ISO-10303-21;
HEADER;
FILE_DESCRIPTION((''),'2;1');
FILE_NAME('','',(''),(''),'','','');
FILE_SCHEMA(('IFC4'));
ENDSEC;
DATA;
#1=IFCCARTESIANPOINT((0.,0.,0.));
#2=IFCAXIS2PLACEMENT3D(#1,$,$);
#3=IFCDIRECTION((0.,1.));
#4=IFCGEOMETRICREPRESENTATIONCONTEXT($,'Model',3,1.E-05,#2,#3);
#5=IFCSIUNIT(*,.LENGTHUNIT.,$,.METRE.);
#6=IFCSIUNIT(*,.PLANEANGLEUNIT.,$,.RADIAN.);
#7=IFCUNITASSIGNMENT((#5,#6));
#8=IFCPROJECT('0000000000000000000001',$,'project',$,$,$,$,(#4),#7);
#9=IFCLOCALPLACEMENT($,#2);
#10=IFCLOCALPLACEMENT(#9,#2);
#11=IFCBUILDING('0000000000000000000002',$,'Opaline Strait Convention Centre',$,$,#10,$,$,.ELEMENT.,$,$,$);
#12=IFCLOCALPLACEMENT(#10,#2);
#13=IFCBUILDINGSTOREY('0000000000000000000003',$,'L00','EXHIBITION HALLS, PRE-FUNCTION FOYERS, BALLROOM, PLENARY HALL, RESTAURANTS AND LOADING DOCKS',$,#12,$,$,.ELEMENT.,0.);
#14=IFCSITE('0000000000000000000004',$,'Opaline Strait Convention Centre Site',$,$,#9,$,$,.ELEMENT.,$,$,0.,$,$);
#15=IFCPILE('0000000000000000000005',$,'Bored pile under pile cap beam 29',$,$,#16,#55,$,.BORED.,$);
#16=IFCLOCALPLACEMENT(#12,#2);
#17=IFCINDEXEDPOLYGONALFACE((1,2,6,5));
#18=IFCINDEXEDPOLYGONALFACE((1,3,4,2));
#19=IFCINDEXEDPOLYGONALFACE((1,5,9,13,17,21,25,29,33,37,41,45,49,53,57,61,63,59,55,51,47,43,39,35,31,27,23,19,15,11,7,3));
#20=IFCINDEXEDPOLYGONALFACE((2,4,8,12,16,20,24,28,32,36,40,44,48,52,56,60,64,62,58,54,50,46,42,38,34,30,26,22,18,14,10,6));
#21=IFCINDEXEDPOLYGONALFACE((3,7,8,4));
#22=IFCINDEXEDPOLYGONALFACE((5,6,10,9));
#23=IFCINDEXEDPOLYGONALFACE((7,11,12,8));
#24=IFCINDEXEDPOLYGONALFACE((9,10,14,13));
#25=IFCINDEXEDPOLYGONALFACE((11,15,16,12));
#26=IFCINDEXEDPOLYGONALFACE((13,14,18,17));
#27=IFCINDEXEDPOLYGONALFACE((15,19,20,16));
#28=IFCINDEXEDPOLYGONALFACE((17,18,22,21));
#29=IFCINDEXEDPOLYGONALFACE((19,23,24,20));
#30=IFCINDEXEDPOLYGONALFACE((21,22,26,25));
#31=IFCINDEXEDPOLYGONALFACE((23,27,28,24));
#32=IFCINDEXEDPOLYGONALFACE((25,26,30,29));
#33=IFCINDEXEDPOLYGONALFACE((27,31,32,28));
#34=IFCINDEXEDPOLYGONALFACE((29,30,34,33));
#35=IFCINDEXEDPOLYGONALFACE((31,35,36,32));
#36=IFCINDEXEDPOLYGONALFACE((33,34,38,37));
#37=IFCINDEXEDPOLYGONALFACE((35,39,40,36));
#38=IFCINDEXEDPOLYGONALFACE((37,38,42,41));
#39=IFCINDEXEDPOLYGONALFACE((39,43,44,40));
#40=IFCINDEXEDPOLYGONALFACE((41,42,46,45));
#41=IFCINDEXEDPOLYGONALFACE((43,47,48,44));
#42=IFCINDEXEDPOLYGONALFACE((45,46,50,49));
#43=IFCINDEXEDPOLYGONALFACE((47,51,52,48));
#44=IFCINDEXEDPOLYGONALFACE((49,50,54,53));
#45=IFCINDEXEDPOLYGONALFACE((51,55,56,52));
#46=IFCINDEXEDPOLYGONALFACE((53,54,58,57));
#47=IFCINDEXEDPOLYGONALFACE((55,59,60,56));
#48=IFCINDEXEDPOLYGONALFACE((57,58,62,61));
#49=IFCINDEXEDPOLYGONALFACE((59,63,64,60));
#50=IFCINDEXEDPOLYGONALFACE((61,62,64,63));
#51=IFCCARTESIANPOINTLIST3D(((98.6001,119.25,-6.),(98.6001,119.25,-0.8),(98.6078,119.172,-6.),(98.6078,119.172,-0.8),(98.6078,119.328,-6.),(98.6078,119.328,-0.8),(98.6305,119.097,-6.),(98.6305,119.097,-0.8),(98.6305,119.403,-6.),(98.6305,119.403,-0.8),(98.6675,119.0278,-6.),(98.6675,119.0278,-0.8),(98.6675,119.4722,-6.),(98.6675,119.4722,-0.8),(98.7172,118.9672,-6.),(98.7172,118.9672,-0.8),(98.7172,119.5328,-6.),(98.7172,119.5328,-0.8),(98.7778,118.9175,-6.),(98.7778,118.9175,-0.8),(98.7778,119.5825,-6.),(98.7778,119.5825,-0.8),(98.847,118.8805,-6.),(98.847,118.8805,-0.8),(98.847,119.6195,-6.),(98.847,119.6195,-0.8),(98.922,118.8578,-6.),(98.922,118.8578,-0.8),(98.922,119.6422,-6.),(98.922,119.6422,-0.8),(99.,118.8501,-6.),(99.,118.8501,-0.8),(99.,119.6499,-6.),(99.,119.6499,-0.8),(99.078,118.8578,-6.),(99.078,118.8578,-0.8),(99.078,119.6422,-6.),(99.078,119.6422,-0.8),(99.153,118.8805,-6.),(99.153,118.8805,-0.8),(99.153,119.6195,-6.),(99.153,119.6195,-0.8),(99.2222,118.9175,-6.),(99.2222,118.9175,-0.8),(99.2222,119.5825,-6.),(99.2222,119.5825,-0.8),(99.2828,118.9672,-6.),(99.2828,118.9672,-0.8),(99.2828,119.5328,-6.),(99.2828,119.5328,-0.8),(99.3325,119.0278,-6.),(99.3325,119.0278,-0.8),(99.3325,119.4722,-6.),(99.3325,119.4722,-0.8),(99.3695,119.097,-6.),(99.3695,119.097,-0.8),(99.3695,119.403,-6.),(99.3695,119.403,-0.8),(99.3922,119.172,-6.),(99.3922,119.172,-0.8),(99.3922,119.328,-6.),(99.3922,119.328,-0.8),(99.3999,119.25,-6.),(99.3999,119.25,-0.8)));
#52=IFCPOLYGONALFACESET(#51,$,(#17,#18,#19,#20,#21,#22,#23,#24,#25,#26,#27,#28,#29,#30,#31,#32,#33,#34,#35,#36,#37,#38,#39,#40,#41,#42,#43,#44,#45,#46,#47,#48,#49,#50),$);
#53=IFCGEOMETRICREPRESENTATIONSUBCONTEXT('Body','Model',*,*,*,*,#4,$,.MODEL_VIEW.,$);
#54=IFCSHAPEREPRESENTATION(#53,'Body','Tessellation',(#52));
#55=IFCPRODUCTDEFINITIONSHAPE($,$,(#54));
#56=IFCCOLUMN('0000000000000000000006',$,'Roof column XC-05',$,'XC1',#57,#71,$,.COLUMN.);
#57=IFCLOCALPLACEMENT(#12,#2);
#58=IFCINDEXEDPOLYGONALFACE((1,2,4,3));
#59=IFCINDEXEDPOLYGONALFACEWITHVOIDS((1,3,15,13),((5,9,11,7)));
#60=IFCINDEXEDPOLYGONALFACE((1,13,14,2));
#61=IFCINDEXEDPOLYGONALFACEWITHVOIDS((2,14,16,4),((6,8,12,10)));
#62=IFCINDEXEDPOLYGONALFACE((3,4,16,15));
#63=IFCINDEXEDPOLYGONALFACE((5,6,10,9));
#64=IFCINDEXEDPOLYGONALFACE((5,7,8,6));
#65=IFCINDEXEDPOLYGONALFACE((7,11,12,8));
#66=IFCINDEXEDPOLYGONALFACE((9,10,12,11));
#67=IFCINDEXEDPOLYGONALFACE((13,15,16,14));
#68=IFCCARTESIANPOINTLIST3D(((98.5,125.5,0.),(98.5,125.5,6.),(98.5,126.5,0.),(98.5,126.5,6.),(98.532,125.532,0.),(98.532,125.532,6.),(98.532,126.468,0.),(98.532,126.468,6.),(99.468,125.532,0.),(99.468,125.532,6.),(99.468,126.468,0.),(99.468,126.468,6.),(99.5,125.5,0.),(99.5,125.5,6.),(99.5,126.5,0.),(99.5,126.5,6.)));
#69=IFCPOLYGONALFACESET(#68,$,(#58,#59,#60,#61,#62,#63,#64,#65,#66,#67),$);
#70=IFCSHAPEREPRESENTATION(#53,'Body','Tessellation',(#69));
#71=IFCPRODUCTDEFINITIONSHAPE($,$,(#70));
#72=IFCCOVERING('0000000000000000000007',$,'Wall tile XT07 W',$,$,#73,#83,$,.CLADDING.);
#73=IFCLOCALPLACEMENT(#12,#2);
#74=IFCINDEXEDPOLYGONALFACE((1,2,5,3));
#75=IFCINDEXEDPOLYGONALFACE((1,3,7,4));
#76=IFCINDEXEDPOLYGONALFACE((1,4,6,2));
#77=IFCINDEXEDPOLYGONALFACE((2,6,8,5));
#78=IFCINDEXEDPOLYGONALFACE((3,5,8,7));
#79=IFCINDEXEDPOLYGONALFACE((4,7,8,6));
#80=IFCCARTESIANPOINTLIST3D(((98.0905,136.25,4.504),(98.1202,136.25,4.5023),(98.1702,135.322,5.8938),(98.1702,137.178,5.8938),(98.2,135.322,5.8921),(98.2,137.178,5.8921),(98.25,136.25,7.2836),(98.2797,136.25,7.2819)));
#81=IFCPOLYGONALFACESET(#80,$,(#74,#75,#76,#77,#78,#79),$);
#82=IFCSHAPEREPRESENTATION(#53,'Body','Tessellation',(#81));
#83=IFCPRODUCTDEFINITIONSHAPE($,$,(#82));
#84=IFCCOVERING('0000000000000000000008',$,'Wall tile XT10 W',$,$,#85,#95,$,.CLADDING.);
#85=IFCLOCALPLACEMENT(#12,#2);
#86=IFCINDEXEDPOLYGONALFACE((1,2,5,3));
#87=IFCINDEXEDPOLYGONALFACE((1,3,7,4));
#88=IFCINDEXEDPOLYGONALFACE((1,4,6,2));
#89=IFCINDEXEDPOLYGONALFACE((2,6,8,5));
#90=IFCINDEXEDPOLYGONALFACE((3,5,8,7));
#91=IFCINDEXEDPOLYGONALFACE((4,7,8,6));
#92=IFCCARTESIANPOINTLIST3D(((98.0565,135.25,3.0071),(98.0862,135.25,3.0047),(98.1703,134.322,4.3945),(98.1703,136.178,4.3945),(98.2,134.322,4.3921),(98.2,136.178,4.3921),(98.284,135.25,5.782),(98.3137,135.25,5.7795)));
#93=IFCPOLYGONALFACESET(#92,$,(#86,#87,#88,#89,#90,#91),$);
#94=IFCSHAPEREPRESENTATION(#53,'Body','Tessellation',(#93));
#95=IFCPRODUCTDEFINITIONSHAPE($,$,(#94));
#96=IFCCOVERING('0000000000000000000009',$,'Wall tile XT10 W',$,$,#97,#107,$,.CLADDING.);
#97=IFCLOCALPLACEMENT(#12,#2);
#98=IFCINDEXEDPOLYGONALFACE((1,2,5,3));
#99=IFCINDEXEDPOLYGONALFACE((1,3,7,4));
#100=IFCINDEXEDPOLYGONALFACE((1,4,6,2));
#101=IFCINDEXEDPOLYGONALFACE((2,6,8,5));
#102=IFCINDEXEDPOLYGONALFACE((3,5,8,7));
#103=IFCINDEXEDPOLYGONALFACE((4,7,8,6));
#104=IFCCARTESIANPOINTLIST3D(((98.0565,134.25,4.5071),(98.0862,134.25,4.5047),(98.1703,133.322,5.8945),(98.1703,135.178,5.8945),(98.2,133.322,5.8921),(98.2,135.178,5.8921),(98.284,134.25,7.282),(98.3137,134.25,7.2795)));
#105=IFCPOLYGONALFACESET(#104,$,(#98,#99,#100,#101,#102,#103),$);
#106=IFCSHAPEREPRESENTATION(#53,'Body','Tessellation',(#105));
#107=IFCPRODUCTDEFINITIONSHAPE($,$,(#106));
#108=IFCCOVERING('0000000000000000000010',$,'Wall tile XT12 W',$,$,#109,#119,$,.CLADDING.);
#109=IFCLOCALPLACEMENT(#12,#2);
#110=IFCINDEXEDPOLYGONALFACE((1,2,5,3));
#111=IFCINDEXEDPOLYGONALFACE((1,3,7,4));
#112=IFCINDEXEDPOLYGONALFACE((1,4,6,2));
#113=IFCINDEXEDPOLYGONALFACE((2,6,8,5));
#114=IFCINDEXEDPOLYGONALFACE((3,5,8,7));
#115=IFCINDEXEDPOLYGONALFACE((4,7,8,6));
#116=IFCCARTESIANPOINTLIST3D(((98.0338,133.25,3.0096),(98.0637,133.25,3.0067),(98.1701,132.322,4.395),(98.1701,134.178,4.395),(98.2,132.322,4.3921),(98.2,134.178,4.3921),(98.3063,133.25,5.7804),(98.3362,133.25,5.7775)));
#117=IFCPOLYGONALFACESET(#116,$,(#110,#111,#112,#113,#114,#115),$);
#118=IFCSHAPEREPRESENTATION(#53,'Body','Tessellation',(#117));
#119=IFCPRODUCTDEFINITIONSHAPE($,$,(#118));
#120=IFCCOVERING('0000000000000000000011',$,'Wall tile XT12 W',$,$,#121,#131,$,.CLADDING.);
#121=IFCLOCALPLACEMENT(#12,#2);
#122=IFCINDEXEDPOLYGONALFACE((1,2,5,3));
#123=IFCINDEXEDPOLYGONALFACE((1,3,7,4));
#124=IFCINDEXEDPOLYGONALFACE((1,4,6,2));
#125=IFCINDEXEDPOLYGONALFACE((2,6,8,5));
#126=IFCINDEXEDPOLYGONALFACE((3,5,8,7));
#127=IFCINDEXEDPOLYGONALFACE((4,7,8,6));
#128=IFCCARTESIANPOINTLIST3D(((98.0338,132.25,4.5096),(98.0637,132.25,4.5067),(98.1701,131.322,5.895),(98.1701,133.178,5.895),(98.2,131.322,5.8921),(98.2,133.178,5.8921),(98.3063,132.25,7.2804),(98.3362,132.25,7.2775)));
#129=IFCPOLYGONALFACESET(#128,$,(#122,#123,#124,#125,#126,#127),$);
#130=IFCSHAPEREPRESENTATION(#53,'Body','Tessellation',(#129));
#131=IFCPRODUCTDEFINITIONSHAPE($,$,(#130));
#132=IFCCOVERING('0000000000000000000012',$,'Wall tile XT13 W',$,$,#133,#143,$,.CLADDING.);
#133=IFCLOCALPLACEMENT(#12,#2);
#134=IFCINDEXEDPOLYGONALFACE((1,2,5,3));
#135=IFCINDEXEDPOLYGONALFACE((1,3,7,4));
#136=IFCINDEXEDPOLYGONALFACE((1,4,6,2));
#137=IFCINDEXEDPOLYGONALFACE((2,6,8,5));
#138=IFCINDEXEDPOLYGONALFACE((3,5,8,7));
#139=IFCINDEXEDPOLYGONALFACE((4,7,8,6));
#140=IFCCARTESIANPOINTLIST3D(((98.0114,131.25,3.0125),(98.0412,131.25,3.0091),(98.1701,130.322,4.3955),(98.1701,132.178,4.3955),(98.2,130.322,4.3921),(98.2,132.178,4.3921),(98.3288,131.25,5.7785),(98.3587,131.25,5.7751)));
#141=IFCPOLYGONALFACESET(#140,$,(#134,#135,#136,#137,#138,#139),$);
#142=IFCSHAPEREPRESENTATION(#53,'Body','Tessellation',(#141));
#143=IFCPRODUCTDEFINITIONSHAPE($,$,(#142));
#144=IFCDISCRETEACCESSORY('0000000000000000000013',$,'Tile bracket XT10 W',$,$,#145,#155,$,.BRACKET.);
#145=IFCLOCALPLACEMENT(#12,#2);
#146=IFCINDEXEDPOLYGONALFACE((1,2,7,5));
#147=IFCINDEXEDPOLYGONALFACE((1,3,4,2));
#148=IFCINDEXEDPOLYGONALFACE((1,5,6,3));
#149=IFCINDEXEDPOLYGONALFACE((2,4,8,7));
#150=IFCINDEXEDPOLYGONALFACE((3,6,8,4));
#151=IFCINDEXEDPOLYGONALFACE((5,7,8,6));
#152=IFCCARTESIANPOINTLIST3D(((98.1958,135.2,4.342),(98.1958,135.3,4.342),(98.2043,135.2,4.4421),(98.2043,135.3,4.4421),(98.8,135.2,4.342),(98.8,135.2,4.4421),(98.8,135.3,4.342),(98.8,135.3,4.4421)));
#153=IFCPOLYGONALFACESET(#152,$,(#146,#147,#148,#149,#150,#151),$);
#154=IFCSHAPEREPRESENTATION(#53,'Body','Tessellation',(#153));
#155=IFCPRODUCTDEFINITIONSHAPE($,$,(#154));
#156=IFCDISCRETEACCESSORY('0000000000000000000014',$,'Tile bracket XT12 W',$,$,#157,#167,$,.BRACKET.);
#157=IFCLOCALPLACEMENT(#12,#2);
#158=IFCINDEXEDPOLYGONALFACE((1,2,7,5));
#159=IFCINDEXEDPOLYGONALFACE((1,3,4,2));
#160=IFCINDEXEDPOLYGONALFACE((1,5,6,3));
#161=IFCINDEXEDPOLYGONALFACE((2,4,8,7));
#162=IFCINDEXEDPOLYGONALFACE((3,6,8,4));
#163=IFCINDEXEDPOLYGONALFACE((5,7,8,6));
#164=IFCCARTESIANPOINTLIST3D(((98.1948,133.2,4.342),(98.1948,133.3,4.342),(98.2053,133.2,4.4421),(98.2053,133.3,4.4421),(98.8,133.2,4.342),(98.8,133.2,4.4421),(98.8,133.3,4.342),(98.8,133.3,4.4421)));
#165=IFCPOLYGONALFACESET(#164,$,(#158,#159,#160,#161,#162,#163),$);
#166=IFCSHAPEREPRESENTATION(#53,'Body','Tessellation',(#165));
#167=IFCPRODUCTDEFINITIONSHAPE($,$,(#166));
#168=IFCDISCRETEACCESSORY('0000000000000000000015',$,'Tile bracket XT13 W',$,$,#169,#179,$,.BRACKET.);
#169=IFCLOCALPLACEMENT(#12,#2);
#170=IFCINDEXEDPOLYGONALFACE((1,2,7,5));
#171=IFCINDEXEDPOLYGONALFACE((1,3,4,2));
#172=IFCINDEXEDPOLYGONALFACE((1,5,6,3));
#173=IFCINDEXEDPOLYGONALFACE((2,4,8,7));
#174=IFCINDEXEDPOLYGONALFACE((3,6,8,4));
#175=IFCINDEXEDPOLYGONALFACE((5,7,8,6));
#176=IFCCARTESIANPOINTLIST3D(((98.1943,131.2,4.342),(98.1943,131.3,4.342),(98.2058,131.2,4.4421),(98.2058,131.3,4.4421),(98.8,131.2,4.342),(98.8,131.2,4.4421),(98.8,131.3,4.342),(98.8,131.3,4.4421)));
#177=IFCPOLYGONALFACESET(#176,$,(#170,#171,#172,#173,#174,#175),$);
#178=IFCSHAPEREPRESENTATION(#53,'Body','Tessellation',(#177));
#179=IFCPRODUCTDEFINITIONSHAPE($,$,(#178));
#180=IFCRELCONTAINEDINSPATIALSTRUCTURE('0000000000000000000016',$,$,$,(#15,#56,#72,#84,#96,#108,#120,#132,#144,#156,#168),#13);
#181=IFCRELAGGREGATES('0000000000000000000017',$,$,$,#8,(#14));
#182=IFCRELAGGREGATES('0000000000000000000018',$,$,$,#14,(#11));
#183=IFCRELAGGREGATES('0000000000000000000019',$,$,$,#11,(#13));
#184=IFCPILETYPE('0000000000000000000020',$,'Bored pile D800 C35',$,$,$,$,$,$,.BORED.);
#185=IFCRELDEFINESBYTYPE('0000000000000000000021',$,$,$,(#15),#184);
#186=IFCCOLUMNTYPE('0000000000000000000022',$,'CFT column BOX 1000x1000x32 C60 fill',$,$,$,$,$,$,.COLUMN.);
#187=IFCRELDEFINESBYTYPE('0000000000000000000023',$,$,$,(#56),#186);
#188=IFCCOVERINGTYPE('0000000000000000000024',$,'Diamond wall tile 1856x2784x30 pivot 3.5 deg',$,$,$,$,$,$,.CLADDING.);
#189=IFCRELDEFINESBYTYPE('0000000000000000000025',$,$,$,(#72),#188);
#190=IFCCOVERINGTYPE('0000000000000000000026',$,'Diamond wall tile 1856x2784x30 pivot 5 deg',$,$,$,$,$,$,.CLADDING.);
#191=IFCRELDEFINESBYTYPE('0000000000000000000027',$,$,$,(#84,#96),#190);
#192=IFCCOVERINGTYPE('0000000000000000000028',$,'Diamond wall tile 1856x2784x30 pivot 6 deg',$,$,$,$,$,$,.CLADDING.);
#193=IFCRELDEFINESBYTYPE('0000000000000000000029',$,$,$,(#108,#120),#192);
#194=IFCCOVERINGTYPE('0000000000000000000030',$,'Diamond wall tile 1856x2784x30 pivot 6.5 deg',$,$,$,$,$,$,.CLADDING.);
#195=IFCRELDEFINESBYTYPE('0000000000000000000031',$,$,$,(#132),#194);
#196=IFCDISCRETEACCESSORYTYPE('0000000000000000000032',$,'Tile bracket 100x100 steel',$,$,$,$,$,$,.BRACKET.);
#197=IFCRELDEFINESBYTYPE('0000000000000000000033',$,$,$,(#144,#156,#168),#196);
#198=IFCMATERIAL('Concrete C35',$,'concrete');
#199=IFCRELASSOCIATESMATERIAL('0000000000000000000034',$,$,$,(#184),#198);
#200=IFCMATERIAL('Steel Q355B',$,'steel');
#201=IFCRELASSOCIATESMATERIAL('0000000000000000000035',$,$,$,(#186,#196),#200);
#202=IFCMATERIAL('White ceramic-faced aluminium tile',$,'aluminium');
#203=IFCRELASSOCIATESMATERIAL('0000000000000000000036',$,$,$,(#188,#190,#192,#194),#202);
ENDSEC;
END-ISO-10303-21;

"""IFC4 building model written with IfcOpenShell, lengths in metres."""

from ifc_helpers import new_model, si_unit, direction, frame, origin, origin_2d, place, context, subcontext, project, spatial, polyline, hollow_rectangle, circle, outline, extrude, material, material_profile, profile_set, type_object, element, save


model = new_model("IFC4")

# Units and contexts
model_context = context("Model", 3, precision=1e-05, world=origin(), true_north=direction((0.0, 1.0)))
body_context = subcontext(model_context, "Body", "Model", "MODEL_VIEW")
ifc_project = project(units=[si_unit("LENGTHUNIT", "METRE"), si_unit("PLANEANGLEUNIT", "RADIAN")], contexts=[model_context])

# Site, building, storey
site_placement = place(None, origin())
site = spatial("IfcSite", under=ifc_project, at=site_placement, Name="Opaline Strait Convention Centre Site", CompositionType="ELEMENT", RefElevation=0.0)
building_placement = place(site_placement, origin())
building = spatial("IfcBuilding", under=site, at=building_placement, Name="Opaline Strait Convention Centre", CompositionType="ELEMENT")
storey_placement = place(building_placement, origin())
storey = spatial("IfcBuildingStorey", under=building, at=storey_placement, Name="L00", Description="EXHIBITION HALLS, PRE-FUNCTION FOYERS, BALLROOM, PLENARY HALL, RESTAURANTS AND LOADING DOCKS", CompositionType="ELEMENT", Elevation=0.0)

# Pile
ifc_material_1 = material(Name="Concrete C35", Category="concrete")
ifc_material_profile_1 = material_profile(ifc_material_1, circle(Radius=0.3999, at=origin_2d()), Name="D800")
ifc_profile_set_1 = profile_set([ifc_material_profile_1], Name="Concrete C35")
pile_type = type_object("IfcPileType", Name="Bored pile D800 C35", PredefinedType="BORED", material=ifc_profile_set_1)
pile_placement = place(storey_placement, frame((99.0, 119.25, -0.8), z_axis=(0.0, 0.0, -1.0), x_axis=(1.0, 0.0, 0.0)))
element("IfcPile", 1, at=pile_placement, inside=storey, type_object=pile_type, Name="Bored pile under pile cap beam 29", PredefinedType="BORED", context=body_context, shape_type="SweptSolid", body=[
    extrude(circle(Radius=0.3999, at=origin_2d()), origin(), (0.0, 0.0, 1.0), 5.2),
])

# Column
ifc_material_2 = material(Name="Steel Q355B", Category="steel")
ifc_material_profile_2 = material_profile(ifc_material_2, hollow_rectangle(XDim=1.0, YDim=1.0, WallThickness=0.032, at=origin_2d()), Name="BOX 1000x1000x32")
ifc_profile_set_2 = profile_set([ifc_material_profile_2], Name="Steel Q355B")
column_type = type_object("IfcColumnType", Name="CFT column BOX 1000x1000x32 C60 fill", PredefinedType="COLUMN", material=ifc_profile_set_2)
column_placement = place(storey_placement, frame((99.0, 126.0, 0.0), z_axis=(0.0, 0.0, 1.0), x_axis=(1.0, 0.0, 0.0)))
element("IfcColumn", 2, at=column_placement, inside=storey, type_object=column_type, Name="Roof column XC-05", ObjectType="XC1", PredefinedType="COLUMN", context=body_context, shape_type="SweptSolid", body=[
    extrude(hollow_rectangle(XDim=1.0, YDim=1.0, WallThickness=0.032, at=origin_2d()), origin(), (0.0, 0.0, 1.0), 6.0),
])

# Coverings
ifc_material_3 = material(Name="White ceramic-faced aluminium tile", Category="aluminium")
ifc_material_profile_3 = material_profile(ifc_material_3, outline(polyline([(0.928, 0.0), (0.0, 1.3921), (-0.928, 0.0), (0.0, -1.3921), (0.928, 0.0)])), Name="Diamond tile 1856x2784")
ifc_profile_set_3 = profile_set([ifc_material_profile_3], Name="White ceramic-faced aluminium tile")
covering_type_1 = type_object("IfcCoveringType", Name="Diamond wall tile 1856x2784x30 pivot 3.5 deg", PredefinedType="CLADDING", material=ifc_profile_set_3)
covering_1_placement = place(storey_placement, frame((98.2, 136.25, 5.8921), z_axis=(-0.998358, 0.0, 0.057283), x_axis=(0.0, -1.0, 0.0)))
element("IfcCovering", 3, at=covering_1_placement, inside=storey, type_object=covering_type_1, Name="Wall tile XT07 W", PredefinedType="CLADDING", context=body_context, shape_type="SweptSolid", body=[
    extrude(outline(polyline([(0.928, 0.0), (0.0, 1.3921), (-0.928, 0.0), (0.0, -1.3921), (0.928, 0.0)])), origin(), (0.0, 0.0, 1.0), 0.0298),
])
ifc_material_profile_4 = material_profile(ifc_material_3, outline(polyline([(0.928, 0.0), (0.0, 1.3921), (-0.928, 0.0), (0.0, -1.3921), (0.928, 0.0)])), Name="Diamond tile 1856x2784")
ifc_profile_set_4 = profile_set([ifc_material_profile_4], Name="White ceramic-faced aluminium tile")
covering_type_2 = type_object("IfcCoveringType", Name="Diamond wall tile 1856x2784x30 pivot 5 deg", PredefinedType="CLADDING", material=ifc_profile_set_4)
for number, where, z_axis, x_axis, name in (
    (4, (98.2, 135.25, 4.3921), (-0.996658, 0.0, 0.081693), (0.0, -1.0, 0.0), "Wall tile XT10 W"),
    (5, (98.2, 134.25, 5.8921), (-0.996658, 0.0, 0.081693), (0.0, -1.0, 0.0), "Wall tile XT10 W"),
):
    element("IfcCovering", number, at=place(storey_placement, frame(where, z_axis=z_axis, x_axis=x_axis)), inside=storey, type_object=covering_type_2, Name=name, PredefinedType="CLADDING", context=body_context, shape_type="SweptSolid", body=[
        extrude(outline(polyline([(0.928, 0.0), (0.0, 1.3921), (-0.928, 0.0), (0.0, -1.3921), (0.928, 0.0)])), origin(), (0.0, 0.0, 1.0), 0.0298),
    ])
ifc_material_profile_5 = material_profile(ifc_material_3, outline(polyline([(0.928, 0.0), (0.0, 1.3921), (-0.928, 0.0), (0.0, -1.3921), (0.928, 0.0)])), Name="Diamond tile 1856x2784")
ifc_profile_set_5 = profile_set([ifc_material_profile_5], Name="White ceramic-faced aluminium tile")
covering_type_3 = type_object("IfcCoveringType", Name="Diamond wall tile 1856x2784x30 pivot 6 deg", PredefinedType="CLADDING", material=ifc_profile_set_5)
for number, where, z_axis, x_axis, name in (
    (6, (98.2, 133.25, 4.3921), (-0.995197, 0.0, 0.097888), (0.0, -1.0, 0.0), "Wall tile XT12 W"),
    (7, (98.2, 132.25, 5.8921), (-0.995197, 0.0, 0.097888), (0.0, -1.0, 0.0), "Wall tile XT12 W"),
):
    element("IfcCovering", number, at=place(storey_placement, frame(where, z_axis=z_axis, x_axis=x_axis)), inside=storey, type_object=covering_type_3, Name=name, PredefinedType="CLADDING", context=body_context, shape_type="SweptSolid", body=[
        extrude(outline(polyline([(0.928, 0.0), (0.0, 1.3921), (-0.928, 0.0), (0.0, -1.3921), (0.928, 0.0)])), origin(), (0.0, 0.0, 1.0), 0.03),
    ])
ifc_material_profile_6 = material_profile(ifc_material_3, outline(polyline([(0.928, 0.0), (0.0, 1.3921), (-0.928, 0.0), (0.0, -1.3921), (0.928, 0.0)])), Name="Diamond tile 1856x2784")
ifc_profile_set_6 = profile_set([ifc_material_profile_6], Name="White ceramic-faced aluminium tile")
covering_type_4 = type_object("IfcCoveringType", Name="Diamond wall tile 1856x2784x30 pivot 6.5 deg", PredefinedType="CLADDING", material=ifc_profile_set_6)
covering_2_placement = place(storey_placement, frame((98.2, 131.25, 4.3921), z_axis=(-0.99348, 0.0, 0.114006), x_axis=(0.0, -1.0, 0.0)))
element("IfcCovering", 8, at=covering_2_placement, inside=storey, type_object=covering_type_4, Name="Wall tile XT13 W", PredefinedType="CLADDING", context=body_context, shape_type="SweptSolid", body=[
    extrude(outline(polyline([(0.928, 0.0), (0.0, 1.3921), (-0.928, 0.0), (0.0, -1.3921), (0.928, 0.0)])), origin(), (0.0, 0.0, 1.0), 0.03),
])

# Discrete accessories
discrete_accessory_type = type_object("IfcDiscreteAccessoryType", Name="Tile bracket 100x100 steel", PredefinedType="BRACKET", material=ifc_material_2)
discrete_accessory_1_placement = place(storey_placement, frame((98.8, 135.3, 4.3921), z_axis=(0.0, -1.0, 0.0), x_axis=(1.0, 0.0, 0.0)))
element("IfcDiscreteAccessory", 9, at=discrete_accessory_1_placement, inside=storey, type_object=discrete_accessory_type, Name="Tile bracket XT10 W", PredefinedType="BRACKET", context=body_context, shape_type="SweptSolid", body=[
    extrude(outline(polyline([(0.0, -0.05), (0.0, 0.05), (-0.5957, 0.05), (-0.6042, -0.05), (0.0, -0.05)])), origin(), (0.0, 0.0, 1.0), 0.1001),
])
discrete_accessory_2_placement = place(storey_placement, frame((98.8, 133.3, 4.3921), z_axis=(0.0, -1.0, 0.0), x_axis=(1.0, 0.0, 0.0)))
element("IfcDiscreteAccessory", 10, at=discrete_accessory_2_placement, inside=storey, type_object=discrete_accessory_type, Name="Tile bracket XT12 W", PredefinedType="BRACKET", context=body_context, shape_type="SweptSolid", body=[
    extrude(outline(polyline([(0.0, -0.05), (0.0, 0.05), (-0.5947, 0.05), (-0.6052, -0.05), (0.0, -0.05)])), origin(), (0.0, 0.0, 1.0), 0.1001),
])
for number, where, z_axis, x_axis, name in (
    (11, (98.8, 131.3, 4.3921), (0.0, -1.0, 0.0), (1.0, 0.0, 0.0), "Tile bracket XT13 W"),
):
    element("IfcDiscreteAccessory", number, at=place(storey_placement, frame(where, z_axis=z_axis, x_axis=x_axis)), inside=storey, type_object=discrete_accessory_type, Name=name, PredefinedType="BRACKET", context=body_context, shape_type="SweptSolid", body=[
        extrude(outline(polyline([(0.0, -0.05), (0.0, 0.05), (-0.5942, 0.05), (-0.6057, -0.05), (0.0, -0.05)])), origin(), (0.0, 0.0, 1.0), 0.1001),
    ])

save(model, "model.ifc")
